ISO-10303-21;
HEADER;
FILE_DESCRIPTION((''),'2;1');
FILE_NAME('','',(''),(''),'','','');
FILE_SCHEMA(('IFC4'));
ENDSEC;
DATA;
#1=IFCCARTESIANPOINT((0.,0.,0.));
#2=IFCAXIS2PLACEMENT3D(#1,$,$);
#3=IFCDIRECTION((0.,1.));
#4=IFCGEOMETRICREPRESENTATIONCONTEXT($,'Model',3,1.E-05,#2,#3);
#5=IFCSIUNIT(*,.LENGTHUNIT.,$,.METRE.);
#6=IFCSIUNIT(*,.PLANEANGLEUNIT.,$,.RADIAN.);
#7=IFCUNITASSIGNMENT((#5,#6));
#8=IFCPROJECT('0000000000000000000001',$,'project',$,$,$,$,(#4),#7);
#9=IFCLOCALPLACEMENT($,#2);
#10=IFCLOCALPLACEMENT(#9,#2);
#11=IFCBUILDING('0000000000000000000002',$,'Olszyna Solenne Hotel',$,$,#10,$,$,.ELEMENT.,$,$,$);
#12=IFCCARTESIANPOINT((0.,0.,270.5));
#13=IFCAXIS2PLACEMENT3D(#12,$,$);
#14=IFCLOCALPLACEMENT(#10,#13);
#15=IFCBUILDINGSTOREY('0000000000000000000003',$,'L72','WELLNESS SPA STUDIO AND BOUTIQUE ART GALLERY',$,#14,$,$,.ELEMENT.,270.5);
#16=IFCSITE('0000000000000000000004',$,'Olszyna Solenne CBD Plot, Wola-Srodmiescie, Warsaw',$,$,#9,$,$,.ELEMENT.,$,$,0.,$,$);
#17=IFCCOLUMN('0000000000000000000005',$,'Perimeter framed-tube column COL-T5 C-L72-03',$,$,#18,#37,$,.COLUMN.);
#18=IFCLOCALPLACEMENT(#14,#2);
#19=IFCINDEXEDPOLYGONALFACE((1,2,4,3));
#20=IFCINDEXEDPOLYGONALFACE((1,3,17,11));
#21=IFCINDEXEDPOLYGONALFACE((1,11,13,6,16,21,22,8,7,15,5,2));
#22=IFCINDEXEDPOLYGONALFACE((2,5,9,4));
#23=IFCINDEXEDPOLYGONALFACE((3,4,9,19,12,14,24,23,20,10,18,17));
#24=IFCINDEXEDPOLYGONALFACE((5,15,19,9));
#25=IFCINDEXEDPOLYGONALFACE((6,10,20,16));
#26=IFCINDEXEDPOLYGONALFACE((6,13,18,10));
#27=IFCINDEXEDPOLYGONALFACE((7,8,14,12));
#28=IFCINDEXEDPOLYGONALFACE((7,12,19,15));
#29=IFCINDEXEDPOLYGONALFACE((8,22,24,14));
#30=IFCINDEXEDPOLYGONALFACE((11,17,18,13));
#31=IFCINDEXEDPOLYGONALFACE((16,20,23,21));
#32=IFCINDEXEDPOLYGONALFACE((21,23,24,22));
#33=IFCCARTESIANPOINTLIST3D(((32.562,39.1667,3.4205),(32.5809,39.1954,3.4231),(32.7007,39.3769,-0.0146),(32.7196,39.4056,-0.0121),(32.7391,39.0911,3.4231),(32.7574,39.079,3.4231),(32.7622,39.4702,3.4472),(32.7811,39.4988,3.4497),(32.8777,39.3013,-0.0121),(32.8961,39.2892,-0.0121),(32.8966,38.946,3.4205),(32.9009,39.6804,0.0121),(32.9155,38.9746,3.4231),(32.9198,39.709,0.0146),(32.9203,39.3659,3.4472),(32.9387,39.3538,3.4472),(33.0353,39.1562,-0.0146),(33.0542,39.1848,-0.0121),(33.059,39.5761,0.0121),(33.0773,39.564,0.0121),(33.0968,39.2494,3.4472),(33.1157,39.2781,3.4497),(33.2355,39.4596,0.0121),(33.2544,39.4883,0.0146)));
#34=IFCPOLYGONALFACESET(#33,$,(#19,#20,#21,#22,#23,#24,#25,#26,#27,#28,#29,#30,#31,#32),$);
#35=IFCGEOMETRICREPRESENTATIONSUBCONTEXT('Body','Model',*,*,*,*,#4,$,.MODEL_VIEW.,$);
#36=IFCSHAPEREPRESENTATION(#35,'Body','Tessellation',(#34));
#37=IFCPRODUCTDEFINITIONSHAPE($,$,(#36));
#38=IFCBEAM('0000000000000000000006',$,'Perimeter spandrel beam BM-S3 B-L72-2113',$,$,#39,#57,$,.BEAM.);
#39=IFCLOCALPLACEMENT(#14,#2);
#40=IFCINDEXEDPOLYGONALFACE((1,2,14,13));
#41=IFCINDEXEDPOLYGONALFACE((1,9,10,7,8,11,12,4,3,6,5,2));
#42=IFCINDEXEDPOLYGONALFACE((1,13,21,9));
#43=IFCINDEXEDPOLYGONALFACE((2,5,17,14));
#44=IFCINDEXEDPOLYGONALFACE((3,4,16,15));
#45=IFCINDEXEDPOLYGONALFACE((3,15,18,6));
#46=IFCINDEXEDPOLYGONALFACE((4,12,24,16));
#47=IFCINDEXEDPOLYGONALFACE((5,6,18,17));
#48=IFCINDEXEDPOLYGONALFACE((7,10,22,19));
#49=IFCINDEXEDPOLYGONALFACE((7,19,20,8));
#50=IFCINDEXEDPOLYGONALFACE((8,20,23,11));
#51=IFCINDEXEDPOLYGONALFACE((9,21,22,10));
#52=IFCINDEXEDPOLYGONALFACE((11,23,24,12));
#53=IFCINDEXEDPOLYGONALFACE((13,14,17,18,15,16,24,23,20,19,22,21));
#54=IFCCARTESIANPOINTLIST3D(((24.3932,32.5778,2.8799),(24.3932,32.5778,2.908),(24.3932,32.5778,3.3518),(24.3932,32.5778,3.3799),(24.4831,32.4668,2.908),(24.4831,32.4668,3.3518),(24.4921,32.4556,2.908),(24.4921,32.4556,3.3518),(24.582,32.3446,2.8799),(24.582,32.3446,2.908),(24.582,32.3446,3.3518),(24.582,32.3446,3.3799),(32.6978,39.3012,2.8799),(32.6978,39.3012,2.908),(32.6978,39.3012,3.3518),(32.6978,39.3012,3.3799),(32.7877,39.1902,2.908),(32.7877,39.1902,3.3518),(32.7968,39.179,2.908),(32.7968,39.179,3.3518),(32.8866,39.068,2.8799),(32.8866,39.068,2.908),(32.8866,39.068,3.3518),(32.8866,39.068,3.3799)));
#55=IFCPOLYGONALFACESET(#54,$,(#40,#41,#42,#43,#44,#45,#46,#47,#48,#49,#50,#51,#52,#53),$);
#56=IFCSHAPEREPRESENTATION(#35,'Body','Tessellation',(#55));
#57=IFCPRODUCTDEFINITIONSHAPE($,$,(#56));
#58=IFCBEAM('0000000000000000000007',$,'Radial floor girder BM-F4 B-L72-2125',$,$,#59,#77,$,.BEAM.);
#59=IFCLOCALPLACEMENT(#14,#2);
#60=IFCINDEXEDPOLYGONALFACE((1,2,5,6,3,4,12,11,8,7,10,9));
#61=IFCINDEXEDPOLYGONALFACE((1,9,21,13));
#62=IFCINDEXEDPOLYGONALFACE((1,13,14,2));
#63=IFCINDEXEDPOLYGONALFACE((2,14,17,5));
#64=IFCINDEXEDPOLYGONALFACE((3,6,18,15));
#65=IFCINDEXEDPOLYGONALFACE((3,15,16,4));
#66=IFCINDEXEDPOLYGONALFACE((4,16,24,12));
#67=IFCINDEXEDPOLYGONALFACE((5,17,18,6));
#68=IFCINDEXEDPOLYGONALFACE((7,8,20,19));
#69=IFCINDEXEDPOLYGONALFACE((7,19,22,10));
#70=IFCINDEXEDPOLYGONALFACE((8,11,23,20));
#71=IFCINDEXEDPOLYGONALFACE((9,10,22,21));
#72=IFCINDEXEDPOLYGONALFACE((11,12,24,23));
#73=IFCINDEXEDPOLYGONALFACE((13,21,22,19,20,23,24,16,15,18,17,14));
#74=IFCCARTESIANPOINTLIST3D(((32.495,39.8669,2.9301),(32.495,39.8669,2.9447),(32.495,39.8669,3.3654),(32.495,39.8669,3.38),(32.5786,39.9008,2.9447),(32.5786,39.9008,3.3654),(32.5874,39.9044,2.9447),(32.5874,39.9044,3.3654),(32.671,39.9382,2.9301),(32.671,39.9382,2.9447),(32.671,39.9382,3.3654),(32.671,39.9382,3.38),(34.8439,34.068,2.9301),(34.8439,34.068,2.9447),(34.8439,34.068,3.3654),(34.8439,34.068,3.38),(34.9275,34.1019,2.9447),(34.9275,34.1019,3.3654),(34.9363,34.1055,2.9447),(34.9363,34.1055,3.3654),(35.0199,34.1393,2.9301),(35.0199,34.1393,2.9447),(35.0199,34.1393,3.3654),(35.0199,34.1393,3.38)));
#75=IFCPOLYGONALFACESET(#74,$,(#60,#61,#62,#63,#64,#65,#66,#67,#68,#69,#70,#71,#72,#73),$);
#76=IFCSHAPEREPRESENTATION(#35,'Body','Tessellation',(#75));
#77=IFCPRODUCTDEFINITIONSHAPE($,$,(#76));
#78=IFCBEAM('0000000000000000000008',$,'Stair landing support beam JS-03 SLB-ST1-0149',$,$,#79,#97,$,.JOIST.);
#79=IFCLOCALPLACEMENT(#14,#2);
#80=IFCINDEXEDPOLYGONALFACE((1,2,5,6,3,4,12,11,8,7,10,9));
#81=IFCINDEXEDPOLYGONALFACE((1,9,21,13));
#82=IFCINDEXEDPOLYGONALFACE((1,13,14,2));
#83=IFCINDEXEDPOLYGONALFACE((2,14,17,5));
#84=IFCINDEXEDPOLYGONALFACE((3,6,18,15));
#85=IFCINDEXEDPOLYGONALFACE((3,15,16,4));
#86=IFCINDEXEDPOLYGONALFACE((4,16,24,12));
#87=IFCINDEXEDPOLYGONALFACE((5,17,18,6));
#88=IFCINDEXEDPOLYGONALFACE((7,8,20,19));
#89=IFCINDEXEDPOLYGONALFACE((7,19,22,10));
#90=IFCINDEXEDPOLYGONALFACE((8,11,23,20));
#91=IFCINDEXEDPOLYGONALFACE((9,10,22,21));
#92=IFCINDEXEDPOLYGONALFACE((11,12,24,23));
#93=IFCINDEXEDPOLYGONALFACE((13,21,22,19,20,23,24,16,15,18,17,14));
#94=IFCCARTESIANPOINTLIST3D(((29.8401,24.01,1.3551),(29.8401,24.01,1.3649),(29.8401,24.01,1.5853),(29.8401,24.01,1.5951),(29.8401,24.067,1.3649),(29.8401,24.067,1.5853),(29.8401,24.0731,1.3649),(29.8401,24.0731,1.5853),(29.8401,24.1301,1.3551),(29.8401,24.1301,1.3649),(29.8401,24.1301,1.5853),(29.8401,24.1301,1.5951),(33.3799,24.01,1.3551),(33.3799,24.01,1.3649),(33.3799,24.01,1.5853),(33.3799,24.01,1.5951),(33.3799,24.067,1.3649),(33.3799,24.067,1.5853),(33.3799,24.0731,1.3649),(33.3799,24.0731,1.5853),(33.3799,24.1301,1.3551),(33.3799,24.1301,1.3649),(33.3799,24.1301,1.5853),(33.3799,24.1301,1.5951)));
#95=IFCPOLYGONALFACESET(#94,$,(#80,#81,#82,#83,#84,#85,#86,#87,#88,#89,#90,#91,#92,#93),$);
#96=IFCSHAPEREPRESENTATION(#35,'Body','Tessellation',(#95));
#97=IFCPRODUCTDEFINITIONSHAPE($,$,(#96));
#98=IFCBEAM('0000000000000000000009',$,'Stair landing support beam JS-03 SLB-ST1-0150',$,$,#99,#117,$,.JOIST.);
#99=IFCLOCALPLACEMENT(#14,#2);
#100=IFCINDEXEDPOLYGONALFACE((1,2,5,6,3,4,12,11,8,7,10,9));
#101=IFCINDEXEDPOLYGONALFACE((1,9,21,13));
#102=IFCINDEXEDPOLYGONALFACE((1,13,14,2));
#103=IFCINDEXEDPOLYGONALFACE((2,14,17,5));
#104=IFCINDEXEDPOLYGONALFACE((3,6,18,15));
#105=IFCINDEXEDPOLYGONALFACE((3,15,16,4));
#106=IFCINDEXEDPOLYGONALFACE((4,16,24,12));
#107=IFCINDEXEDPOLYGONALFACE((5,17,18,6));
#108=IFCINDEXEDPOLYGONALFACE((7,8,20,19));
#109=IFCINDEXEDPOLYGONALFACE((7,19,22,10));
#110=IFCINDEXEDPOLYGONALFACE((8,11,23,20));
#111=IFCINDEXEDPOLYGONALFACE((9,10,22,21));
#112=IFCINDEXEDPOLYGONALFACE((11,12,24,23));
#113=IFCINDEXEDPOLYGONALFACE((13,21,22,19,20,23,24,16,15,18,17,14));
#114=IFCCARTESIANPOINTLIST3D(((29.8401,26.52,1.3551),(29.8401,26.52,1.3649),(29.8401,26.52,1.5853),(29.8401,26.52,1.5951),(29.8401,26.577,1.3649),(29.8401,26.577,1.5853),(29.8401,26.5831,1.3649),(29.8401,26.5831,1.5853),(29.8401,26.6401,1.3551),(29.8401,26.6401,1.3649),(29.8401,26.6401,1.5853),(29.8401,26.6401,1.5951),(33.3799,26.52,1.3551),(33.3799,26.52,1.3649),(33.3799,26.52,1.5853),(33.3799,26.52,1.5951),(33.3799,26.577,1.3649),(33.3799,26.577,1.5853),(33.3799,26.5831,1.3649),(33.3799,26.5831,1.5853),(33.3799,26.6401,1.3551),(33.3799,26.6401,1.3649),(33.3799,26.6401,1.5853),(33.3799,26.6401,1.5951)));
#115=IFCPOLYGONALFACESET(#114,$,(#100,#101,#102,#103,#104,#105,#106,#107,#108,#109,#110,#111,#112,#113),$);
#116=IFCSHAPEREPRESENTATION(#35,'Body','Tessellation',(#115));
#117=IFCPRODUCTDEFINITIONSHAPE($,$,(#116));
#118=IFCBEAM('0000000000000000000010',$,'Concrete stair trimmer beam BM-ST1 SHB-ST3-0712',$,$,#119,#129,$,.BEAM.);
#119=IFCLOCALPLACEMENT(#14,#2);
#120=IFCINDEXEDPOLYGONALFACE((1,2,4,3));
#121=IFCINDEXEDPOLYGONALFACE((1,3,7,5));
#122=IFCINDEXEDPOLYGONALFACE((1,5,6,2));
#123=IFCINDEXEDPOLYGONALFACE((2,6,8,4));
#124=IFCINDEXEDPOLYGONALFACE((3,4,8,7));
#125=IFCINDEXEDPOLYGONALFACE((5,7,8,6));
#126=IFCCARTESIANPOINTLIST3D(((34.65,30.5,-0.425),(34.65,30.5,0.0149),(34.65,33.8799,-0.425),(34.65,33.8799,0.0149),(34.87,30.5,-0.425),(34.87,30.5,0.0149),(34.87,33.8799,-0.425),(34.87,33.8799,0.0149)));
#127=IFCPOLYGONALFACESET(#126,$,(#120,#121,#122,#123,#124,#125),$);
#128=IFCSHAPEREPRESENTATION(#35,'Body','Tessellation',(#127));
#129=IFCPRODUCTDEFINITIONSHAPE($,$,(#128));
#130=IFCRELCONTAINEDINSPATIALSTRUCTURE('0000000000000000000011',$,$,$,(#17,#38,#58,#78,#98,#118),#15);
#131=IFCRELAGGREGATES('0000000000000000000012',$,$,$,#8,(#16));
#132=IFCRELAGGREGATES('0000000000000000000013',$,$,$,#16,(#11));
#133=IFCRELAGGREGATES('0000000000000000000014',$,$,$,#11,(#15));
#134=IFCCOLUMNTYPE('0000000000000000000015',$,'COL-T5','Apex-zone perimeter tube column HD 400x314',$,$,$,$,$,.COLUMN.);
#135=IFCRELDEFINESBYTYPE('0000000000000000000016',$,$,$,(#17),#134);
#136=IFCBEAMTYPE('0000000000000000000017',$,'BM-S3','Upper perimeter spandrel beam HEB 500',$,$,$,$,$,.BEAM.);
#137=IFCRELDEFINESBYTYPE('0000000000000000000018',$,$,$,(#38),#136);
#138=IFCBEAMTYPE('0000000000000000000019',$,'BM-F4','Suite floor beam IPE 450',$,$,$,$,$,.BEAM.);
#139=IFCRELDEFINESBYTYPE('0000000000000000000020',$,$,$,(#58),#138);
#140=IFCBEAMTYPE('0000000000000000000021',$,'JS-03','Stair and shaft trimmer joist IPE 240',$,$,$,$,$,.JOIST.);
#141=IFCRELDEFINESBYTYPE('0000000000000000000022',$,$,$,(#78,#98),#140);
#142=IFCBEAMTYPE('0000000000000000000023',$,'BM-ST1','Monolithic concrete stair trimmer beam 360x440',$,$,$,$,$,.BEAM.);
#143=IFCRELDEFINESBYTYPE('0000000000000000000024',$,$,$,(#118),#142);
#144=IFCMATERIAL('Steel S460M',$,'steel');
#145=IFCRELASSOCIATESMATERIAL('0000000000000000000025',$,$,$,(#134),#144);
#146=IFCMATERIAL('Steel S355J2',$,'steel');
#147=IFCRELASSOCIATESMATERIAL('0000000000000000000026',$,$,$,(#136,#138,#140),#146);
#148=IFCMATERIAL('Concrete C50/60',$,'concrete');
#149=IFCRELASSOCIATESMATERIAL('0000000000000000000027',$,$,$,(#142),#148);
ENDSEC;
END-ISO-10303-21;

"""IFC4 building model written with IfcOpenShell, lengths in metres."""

from ifc_helpers import new_model, si_unit, direction, frame, origin, origin_2d, place, context, subcontext, project, spatial, rectangle, i_section, extrude, source, transform, mapped, material, material_profile, profile_set, type_object, element, save


model = new_model("IFC4")

# Units and contexts
model_context = context("Model", 3, precision=1e-05, world=origin(), true_north=direction((0.0, 1.0)))
body_context = subcontext(model_context, "Body", "Model", "MODEL_VIEW")
ifc_project = project(units=[si_unit("LENGTHUNIT", "METRE"), si_unit("PLANEANGLEUNIT", "RADIAN")], contexts=[model_context])

# Site, building, storey
site_placement = place(None, origin())
site = spatial("IfcSite", under=ifc_project, at=site_placement, Name="Olszyna Solenne CBD Plot, Wola-Srodmiescie, Warsaw", CompositionType="ELEMENT", RefElevation=0.0)
building_placement = place(site_placement, origin())
building = spatial("IfcBuilding", under=site, at=building_placement, Name="Olszyna Solenne Hotel", CompositionType="ELEMENT")
storey_placement = place(building_placement, frame((0.0, 0.0, 270.5)))
storey = spatial("IfcBuildingStorey", under=building, at=storey_placement, Name="L72", Description="WELLNESS SPA STUDIO AND BOUTIQUE ART GALLERY", CompositionType="ELEMENT", Elevation=270.5)

# Column
ifc_material_1 = material(Name="Steel S460M", Category="steel")
ifc_material_profile_1 = material_profile(ifc_material_1, i_section(OverallWidth=0.4009, OverallDepth=0.3989, WebThickness=0.022, FlangeThickness=0.0344, at=origin_2d()), Name="HD 400x314", Category="load-bearing")
ifc_profile_set_1 = profile_set([ifc_material_profile_1], Name="Steel S460M")
column_type = type_object("IfcColumnType", Name="COL-T5", Description="Apex-zone perimeter tube column HD 400x314", PredefinedType="COLUMN", material=ifc_profile_set_1)
shared_shape_1 = source(origin(), body_context, "Body", "SweptSolid", [
    extrude(i_section(OverallWidth=0.4009, OverallDepth=0.3989, WebThickness=0.022, FlangeThickness=0.0344, at=origin_2d()), origin(), (0.0, 0.0, 1.0), 3.4443),
])
column_placement = place(storey_placement, frame((32.9775, 39.4326, 0.0), z_axis=(-0.040262, -0.06103, 0.997324), x_axis=(0.834725, -0.550667, 0.0)))
element("IfcColumn", 1, at=column_placement, inside=storey, type_object=column_type, Name="Perimeter framed-tube column COL-T5 C-L72-03", PredefinedType="COLUMN", context=body_context, shape_type="MappedRepresentation", body=[
    mapped(shared_shape_1, transform((0.0, 0.0, 0.0), x_axis=(1.0, 0.0, 0.0), y_axis=(0.0, 1.0, 0.0), z_axis=(0.0, 0.0, 1.0), scale=1.0)),
])

# Beams
ifc_material_2 = material(Name="Steel S355J2", Category="steel")
ifc_material_profile_2 = material_profile(ifc_material_2, i_section(OverallWidth=0.3, OverallDepth=0.5, WebThickness=0.0144, FlangeThickness=0.0281, at=origin_2d()), Name="HEB 500", Category="load-bearing")
ifc_profile_set_2 = profile_set([ifc_material_profile_2], Name="Steel S355J2")
beam_type_1 = type_object("IfcBeamType", Name="BM-S3", Description="Upper perimeter spandrel beam HEB 500", PredefinedType="BEAM", material=ifc_profile_set_2)
shared_shape_2 = source(origin(), body_context, "Body", "SweptSolid", [
    extrude(i_section(OverallWidth=0.3, OverallDepth=0.5, WebThickness=0.0144, FlangeThickness=0.0281, at=origin_2d()), origin(), (0.0, 0.0, 1.0), 10.6851),
])
beam_1_placement = place(storey_placement, frame((32.7922, 39.1846, 3.1299), z_axis=(-0.77722, -0.629229, 0.0), x_axis=(0.629229, -0.77722, 0.0)))
element("IfcBeam", 2, at=beam_1_placement, inside=storey, type_object=beam_type_1, Name="Perimeter spandrel beam BM-S3 B-L72-2113", PredefinedType="BEAM", context=body_context, shape_type="MappedRepresentation", body=[
    mapped(shared_shape_2, transform((0.0, 0.0, 0.0), x_axis=(1.0, 0.0, 0.0), y_axis=(0.0, 1.0, 0.0), z_axis=(0.0, 0.0, 1.0), scale=1.0)),
])
ifc_material_profile_3 = material_profile(ifc_material_2, i_section(OverallWidth=0.1899, OverallDepth=0.45, WebThickness=0.0095, FlangeThickness=0.0146, at=origin_2d()), Name="IPE 450", Category="load-bearing")
ifc_profile_set_3 = profile_set([ifc_material_profile_3], Name="Steel S355J2")
beam_type_2 = type_object("IfcBeamType", Name="BM-F4", Description="Suite floor beam IPE 450", PredefinedType="BEAM", material=ifc_profile_set_3)
shared_shape_3 = source(origin(), body_context, "Body", "SweptSolid", [
    extrude(i_section(OverallWidth=0.1899, OverallDepth=0.45, WebThickness=0.0095, FlangeThickness=0.0146, at=origin_2d()), origin(), (0.0, 0.0, 1.0), 6.2566),
])
beam_2_placement = place(storey_placement, frame((32.583, 39.9026, 3.155), z_axis=(0.375431, -0.92685, 0.0), x_axis=(0.92685, 0.375431, 0.0)))
element("IfcBeam", 3, at=beam_2_placement, inside=storey, type_object=beam_type_2, Name="Radial floor girder BM-F4 B-L72-2125", PredefinedType="BEAM", context=body_context, shape_type="MappedRepresentation", body=[
    mapped(shared_shape_3, transform((0.0, 0.0, 0.0), x_axis=(1.0, 0.0, 0.0), y_axis=(0.0, 1.0, 0.0), z_axis=(0.0, 0.0, 1.0), scale=1.0)),
])
ifc_material_profile_4 = material_profile(ifc_material_2, i_section(OverallWidth=0.1201, OverallDepth=0.24, WebThickness=0.0061, FlangeThickness=0.0098, at=origin_2d()), Name="IPE 240", Category="load-bearing")
ifc_profile_set_4 = profile_set([ifc_material_profile_4], Name="Steel S355J2")
beam_type_3 = type_object("IfcBeamType", Name="JS-03", Description="Stair and shaft trimmer joist IPE 240", PredefinedType="JOIST", material=ifc_profile_set_4)
shared_shape_4 = source(origin(), body_context, "Body", "SweptSolid", [
    extrude(i_section(OverallWidth=0.1201, OverallDepth=0.24, WebThickness=0.0061, FlangeThickness=0.0098, at=origin_2d()), origin(), (0.0, 0.0, 1.0), 3.5398),
])
for number, where, z_axis, x_axis, name in (
    (4, (33.3799, 24.0701, 1.4751), (-1.0, 0.0, 0.0), (0.0, -1.0, 0.0), "Stair landing support beam JS-03 SLB-ST1-0149"),
    (5, (33.3799, 26.5801, 1.4751), (-1.0, 0.0, 0.0), (0.0, -1.0, 0.0), "Stair landing support beam JS-03 SLB-ST1-0150"),
):
    element("IfcBeam", number, at=place(storey_placement, frame(where, z_axis=z_axis, x_axis=x_axis)), inside=storey, type_object=beam_type_3, Name=name, PredefinedType="JOIST", context=body_context, shape_type="MappedRepresentation", body=[
        mapped(shared_shape_4, transform((0.0, 0.0, 0.0), x_axis=(1.0, 0.0, 0.0), y_axis=(0.0, 1.0, 0.0), z_axis=(0.0, 0.0, 1.0), scale=1.0)),
    ])
ifc_material_3 = material(Name="Concrete C50/60", Category="concrete")
ifc_material_profile_5 = material_profile(ifc_material_3, rectangle(XDim=0.22, YDim=0.4399, at=origin_2d()), Name="RC 220x440", Category="load-bearing")
ifc_profile_set_5 = profile_set([ifc_material_profile_5], Name="Concrete C50/60")
beam_type_4 = type_object("IfcBeamType", Name="BM-ST1", Description="Monolithic concrete stair trimmer beam 360x440", PredefinedType="BEAM", material=ifc_profile_set_5)
shared_shape_5 = source(origin(), body_context, "Body", "SweptSolid", [
    extrude(rectangle(XDim=0.22, YDim=0.4399, at=origin_2d()), origin(), (0.0, 0.0, 1.0), 3.3799),
])
beam_3_placement = place(storey_placement, frame((34.76, 30.5, -0.2051), z_axis=(0.0, 1.0, 0.0), x_axis=(-1.0, 0.0, 0.0)))
element("IfcBeam", 6, at=beam_3_placement, inside=storey, type_object=beam_type_4, Name="Concrete stair trimmer beam BM-ST1 SHB-ST3-0712", PredefinedType="BEAM", context=body_context, shape_type="MappedRepresentation", body=[
    mapped(shared_shape_5, transform((0.0, 0.0, 0.0), x_axis=(1.0, 0.0, 0.0), y_axis=(0.0, 1.0, 0.0), z_axis=(0.0, 0.0, 1.0), scale=1.0)),
])

save(model, "model.ifc")
